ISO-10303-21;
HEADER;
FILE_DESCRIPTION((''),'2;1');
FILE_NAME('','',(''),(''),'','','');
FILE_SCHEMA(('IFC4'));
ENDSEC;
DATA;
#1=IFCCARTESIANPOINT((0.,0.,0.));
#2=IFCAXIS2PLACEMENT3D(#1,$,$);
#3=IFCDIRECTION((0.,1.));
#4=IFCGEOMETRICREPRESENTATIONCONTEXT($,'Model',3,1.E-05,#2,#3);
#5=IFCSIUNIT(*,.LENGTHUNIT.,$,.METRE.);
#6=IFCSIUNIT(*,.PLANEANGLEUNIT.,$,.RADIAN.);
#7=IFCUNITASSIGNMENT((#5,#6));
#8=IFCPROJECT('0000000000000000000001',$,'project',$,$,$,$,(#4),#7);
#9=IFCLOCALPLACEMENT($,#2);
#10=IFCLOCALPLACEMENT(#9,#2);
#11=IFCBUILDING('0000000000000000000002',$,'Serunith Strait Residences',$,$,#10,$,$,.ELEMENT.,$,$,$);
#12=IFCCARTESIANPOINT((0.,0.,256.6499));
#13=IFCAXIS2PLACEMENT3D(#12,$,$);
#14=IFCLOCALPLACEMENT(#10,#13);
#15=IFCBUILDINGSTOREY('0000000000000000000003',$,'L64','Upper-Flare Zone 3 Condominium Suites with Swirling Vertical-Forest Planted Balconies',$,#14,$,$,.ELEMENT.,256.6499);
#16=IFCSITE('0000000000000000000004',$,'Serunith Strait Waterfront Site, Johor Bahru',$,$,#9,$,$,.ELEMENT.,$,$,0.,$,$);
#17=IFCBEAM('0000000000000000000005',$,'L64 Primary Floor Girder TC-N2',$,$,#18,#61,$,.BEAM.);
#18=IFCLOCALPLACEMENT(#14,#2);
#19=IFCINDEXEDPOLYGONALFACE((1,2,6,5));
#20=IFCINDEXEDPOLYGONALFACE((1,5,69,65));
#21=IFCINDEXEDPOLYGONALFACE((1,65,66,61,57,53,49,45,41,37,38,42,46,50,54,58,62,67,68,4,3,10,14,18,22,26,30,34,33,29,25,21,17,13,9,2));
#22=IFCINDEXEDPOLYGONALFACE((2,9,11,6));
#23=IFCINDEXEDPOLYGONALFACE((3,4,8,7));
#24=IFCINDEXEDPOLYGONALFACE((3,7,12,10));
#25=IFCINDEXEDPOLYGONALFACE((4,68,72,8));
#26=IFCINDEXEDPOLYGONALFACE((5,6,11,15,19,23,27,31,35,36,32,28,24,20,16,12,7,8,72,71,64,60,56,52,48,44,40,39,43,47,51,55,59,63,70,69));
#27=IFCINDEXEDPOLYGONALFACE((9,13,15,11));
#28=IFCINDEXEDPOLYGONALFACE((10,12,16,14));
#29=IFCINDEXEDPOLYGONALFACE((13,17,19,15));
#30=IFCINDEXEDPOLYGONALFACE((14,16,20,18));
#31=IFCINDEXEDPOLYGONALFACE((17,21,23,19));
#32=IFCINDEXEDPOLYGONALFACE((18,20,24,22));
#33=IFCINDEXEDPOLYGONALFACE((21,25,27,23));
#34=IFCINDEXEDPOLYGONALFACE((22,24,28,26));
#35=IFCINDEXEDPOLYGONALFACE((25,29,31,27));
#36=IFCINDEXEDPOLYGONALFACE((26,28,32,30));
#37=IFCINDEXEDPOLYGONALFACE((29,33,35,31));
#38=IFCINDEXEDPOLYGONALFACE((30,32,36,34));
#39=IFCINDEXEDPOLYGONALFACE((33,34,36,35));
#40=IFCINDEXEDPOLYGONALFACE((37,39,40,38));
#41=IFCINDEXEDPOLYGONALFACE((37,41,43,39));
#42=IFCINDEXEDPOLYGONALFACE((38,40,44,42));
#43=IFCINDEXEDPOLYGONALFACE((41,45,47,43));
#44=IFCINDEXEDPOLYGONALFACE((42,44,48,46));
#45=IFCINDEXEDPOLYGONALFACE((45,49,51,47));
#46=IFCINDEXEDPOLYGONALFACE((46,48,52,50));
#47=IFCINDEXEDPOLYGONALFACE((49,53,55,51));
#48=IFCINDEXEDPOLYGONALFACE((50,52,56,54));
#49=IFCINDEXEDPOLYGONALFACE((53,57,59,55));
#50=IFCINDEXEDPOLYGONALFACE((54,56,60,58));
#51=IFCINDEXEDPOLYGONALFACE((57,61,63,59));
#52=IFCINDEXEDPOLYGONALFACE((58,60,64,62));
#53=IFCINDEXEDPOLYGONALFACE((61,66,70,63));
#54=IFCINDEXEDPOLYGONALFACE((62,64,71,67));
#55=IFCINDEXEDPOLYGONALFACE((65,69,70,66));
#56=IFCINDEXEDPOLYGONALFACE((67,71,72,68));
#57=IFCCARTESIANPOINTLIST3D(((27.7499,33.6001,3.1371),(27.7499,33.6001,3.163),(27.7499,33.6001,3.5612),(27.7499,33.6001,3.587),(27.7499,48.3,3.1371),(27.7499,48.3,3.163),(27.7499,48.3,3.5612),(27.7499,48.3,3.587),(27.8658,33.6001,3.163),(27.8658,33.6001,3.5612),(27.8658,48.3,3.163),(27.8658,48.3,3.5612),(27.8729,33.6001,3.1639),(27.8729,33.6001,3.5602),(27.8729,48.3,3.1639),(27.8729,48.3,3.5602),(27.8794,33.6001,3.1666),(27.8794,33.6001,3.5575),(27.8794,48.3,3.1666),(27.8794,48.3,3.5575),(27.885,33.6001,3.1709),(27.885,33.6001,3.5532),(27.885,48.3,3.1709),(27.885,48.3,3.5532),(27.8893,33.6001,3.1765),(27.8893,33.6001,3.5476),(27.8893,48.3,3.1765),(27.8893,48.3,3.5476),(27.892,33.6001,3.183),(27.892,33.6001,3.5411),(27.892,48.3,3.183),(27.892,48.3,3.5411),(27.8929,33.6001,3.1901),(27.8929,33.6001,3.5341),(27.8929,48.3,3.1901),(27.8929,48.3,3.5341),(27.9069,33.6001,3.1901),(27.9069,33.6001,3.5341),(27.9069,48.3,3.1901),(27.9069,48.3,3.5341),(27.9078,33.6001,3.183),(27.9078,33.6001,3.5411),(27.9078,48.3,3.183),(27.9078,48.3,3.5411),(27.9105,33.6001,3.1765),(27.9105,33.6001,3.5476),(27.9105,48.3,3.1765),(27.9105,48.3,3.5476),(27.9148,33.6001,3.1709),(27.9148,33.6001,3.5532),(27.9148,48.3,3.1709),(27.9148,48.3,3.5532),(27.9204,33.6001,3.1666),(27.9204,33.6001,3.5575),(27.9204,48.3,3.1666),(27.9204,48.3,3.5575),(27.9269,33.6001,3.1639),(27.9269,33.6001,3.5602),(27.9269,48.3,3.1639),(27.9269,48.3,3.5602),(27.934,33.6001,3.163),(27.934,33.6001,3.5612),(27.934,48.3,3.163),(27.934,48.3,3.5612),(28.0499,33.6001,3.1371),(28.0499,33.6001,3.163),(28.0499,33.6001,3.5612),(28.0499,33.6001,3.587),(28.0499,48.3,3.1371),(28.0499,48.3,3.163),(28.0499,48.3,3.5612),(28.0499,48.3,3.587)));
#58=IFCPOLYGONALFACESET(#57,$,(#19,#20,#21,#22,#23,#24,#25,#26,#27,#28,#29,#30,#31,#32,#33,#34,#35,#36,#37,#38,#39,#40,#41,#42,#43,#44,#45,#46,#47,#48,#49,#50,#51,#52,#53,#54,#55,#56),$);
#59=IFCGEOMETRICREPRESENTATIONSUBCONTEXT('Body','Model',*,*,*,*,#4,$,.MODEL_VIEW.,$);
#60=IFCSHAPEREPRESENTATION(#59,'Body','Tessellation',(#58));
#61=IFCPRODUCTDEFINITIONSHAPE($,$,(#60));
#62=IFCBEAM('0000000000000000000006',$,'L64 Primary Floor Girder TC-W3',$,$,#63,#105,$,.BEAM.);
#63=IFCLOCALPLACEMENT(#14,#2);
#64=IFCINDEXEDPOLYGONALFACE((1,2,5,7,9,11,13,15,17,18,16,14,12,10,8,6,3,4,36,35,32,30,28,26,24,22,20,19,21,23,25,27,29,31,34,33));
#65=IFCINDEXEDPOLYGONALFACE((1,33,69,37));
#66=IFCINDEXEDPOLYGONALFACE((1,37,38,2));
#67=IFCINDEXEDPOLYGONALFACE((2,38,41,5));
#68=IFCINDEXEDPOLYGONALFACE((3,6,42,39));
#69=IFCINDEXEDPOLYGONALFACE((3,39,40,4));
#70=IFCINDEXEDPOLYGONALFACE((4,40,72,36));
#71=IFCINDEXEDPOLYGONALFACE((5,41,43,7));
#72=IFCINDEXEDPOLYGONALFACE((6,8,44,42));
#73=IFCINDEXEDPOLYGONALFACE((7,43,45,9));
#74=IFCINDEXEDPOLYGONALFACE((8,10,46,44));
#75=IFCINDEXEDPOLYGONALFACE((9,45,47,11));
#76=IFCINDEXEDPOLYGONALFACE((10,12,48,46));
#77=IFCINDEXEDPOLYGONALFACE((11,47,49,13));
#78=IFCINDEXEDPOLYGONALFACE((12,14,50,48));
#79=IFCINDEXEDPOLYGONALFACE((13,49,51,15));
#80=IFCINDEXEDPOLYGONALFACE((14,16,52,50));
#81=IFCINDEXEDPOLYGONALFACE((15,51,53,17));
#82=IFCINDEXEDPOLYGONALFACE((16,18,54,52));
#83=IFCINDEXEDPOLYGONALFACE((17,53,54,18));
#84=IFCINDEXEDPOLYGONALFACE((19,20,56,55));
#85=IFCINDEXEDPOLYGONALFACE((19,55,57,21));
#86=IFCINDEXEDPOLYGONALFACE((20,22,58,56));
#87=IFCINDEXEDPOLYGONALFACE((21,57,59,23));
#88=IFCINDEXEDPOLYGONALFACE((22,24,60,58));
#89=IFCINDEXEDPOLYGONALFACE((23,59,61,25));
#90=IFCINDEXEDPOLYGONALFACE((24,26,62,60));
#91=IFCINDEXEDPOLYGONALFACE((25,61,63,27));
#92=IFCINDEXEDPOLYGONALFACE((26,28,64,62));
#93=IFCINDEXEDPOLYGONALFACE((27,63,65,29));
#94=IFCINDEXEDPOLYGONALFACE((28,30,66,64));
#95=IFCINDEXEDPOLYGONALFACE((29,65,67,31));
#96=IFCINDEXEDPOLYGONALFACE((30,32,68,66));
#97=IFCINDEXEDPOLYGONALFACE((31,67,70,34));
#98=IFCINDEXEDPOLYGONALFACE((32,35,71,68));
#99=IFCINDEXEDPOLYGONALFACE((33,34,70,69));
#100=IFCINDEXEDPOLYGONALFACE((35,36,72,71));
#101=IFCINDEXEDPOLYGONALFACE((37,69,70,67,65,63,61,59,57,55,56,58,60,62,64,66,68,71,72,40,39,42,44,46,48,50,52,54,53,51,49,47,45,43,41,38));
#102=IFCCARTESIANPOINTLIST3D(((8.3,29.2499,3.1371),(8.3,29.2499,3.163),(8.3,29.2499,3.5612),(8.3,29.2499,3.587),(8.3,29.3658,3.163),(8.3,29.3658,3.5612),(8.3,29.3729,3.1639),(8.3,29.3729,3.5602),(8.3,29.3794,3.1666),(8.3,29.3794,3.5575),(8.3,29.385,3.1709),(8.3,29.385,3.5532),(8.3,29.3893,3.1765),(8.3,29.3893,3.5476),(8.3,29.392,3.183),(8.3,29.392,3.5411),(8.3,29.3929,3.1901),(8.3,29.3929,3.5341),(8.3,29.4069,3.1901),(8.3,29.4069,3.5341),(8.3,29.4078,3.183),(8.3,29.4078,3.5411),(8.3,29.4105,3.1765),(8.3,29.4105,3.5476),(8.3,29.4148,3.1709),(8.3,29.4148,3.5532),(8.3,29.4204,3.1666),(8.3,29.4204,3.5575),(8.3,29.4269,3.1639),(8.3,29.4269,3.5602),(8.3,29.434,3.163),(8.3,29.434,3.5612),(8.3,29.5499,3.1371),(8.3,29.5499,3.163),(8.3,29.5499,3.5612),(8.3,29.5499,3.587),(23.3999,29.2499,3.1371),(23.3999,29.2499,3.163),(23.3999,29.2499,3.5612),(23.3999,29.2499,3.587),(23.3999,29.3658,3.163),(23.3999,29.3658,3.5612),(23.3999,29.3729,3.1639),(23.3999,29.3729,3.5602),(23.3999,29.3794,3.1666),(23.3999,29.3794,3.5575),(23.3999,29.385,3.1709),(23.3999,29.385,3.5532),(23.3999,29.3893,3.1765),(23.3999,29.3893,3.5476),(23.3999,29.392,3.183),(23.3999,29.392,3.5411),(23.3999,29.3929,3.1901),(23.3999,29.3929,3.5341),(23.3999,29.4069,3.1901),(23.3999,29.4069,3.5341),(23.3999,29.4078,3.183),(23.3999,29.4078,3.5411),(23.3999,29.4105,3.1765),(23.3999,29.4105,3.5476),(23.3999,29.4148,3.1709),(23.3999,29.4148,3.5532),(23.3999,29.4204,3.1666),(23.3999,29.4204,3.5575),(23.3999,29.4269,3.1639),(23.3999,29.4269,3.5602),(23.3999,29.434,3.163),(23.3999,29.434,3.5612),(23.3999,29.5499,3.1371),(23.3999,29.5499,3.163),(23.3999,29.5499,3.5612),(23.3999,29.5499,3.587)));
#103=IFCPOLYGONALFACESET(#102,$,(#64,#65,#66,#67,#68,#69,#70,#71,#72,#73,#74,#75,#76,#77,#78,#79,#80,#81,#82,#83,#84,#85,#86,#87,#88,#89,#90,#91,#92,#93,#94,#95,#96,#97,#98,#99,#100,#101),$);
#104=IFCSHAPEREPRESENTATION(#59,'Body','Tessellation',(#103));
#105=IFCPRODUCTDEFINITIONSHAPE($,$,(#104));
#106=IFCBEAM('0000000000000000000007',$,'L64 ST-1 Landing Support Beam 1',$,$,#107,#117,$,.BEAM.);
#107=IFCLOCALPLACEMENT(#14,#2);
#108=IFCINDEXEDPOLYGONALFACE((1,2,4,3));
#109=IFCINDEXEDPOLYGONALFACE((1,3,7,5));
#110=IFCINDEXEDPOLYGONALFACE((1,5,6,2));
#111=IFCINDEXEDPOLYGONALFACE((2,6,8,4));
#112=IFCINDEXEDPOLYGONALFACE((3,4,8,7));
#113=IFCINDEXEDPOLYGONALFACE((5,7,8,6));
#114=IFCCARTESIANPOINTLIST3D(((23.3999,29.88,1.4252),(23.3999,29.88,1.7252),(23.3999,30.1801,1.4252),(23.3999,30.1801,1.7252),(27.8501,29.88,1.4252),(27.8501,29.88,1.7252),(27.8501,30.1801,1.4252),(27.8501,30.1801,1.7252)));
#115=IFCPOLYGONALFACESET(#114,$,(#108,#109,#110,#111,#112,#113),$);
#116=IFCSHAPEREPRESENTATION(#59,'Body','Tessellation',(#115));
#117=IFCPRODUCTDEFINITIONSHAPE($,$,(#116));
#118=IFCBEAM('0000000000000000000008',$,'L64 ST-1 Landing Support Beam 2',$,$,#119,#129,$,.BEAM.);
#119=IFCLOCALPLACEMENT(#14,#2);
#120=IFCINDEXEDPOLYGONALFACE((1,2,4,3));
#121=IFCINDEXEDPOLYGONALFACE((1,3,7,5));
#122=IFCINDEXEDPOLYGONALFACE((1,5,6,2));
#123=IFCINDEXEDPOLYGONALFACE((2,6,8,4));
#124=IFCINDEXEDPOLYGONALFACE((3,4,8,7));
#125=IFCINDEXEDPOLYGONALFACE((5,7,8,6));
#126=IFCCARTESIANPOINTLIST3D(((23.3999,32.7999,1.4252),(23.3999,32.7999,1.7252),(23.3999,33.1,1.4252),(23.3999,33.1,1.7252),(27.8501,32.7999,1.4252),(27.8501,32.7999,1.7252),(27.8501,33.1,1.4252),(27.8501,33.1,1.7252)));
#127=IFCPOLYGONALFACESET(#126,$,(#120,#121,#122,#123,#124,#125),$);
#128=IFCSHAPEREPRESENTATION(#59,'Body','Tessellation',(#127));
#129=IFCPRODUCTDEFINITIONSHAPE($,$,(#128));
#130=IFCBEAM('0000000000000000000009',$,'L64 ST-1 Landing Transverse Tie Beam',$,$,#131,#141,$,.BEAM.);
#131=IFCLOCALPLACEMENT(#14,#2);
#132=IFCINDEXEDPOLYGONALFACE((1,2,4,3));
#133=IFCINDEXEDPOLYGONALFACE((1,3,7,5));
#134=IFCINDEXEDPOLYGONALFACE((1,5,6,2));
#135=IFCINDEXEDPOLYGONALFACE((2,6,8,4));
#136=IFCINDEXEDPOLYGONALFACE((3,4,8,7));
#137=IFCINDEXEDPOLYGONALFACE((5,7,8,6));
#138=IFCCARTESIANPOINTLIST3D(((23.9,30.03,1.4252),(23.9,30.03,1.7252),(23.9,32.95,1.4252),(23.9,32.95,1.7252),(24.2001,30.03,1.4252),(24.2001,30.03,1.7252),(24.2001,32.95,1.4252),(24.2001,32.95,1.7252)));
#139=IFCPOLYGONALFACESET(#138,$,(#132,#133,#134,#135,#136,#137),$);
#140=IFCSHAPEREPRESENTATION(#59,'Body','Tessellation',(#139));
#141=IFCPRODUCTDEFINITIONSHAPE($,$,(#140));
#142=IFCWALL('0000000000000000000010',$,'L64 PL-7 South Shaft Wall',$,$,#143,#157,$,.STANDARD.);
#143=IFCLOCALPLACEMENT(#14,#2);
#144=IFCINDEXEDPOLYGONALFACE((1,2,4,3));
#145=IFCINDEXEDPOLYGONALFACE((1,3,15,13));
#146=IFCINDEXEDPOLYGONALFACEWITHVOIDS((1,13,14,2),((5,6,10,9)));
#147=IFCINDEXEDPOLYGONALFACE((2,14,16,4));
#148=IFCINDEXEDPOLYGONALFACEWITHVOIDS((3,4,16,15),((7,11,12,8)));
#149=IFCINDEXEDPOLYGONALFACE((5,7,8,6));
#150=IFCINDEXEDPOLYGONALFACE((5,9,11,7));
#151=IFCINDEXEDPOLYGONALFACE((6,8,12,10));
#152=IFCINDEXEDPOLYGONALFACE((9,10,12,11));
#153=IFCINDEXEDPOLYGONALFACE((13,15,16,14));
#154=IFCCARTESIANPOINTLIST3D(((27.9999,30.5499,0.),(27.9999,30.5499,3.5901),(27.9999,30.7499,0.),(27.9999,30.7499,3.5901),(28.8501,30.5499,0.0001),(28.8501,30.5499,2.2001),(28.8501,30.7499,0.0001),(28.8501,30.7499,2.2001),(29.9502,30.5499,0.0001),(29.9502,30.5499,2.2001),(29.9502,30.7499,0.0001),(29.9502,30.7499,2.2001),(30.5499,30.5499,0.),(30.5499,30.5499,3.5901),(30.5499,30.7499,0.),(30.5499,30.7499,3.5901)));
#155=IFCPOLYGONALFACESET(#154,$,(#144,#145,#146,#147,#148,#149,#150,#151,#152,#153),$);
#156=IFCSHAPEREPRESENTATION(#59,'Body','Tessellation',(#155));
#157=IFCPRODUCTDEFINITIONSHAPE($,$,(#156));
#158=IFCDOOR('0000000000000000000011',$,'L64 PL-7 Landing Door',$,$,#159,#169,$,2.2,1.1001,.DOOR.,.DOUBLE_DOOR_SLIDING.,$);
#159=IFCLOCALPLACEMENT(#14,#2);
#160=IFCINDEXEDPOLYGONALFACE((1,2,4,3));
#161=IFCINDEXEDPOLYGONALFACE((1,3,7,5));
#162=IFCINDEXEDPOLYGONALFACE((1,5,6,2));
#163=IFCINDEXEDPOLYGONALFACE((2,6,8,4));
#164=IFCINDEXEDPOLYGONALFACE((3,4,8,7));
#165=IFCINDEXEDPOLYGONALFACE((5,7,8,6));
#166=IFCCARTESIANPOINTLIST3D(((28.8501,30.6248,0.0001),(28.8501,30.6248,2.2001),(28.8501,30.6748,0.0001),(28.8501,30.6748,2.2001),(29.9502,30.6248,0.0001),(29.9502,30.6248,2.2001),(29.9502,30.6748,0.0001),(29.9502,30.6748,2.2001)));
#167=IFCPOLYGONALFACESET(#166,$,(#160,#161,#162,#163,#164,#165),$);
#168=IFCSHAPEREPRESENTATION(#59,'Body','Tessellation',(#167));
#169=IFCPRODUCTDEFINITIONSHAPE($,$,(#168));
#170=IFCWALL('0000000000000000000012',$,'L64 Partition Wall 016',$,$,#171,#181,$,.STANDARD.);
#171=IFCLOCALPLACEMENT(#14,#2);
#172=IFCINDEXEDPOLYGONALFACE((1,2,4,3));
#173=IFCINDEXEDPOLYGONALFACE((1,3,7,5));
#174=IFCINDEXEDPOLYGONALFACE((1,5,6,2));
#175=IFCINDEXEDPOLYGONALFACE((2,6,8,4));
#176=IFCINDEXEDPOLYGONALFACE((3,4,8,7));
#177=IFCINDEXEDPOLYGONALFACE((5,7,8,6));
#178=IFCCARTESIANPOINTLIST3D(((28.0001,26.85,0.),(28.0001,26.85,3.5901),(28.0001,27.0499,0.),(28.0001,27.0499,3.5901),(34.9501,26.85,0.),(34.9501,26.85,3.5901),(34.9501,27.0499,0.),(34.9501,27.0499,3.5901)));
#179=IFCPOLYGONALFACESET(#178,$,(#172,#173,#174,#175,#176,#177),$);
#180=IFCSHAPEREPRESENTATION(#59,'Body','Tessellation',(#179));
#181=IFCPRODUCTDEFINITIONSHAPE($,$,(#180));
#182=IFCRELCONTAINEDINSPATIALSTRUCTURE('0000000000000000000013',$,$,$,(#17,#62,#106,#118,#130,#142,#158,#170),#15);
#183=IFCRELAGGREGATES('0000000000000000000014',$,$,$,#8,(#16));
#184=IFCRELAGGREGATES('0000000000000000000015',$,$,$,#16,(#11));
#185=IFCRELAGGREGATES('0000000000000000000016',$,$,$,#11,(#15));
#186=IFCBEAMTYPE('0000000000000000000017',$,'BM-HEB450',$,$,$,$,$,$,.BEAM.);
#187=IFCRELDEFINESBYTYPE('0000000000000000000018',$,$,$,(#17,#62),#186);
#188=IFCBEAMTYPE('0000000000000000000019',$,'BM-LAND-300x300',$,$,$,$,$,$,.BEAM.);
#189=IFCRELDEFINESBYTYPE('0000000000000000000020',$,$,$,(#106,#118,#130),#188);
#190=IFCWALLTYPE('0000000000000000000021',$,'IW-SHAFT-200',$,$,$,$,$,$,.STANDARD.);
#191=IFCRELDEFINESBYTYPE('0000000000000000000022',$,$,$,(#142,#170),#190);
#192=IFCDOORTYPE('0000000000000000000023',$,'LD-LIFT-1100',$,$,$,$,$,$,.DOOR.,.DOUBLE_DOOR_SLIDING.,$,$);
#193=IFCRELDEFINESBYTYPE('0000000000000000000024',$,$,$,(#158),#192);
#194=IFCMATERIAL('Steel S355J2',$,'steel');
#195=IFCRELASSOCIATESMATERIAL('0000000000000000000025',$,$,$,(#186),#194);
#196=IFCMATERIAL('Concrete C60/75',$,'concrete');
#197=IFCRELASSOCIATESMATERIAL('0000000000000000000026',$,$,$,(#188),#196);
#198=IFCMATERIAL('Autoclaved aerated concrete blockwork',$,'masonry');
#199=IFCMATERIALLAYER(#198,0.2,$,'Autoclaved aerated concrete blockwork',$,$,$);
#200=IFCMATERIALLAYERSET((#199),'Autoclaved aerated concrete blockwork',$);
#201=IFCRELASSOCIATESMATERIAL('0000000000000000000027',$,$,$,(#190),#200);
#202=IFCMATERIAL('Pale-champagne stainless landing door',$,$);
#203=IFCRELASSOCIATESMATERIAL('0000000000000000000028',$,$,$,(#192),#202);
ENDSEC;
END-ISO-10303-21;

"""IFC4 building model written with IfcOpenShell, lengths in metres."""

from ifc_helpers import new_model, si_unit, direction, frame, frame_2d, origin, origin_2d, place, context, subcontext, project, spatial, rectangle, i_section, extrude, source, transform, mapped, material, layer, layer_set, material_profile, profile_set, type_object, element, fill, save


model = new_model("IFC4")

# Units and contexts
model_context = context("Model", 3, precision=1e-05, world=origin(), true_north=direction((0.0, 1.0)))
body_context = subcontext(model_context, "Body", "Model", "MODEL_VIEW")
ifc_project = project(units=[si_unit("LENGTHUNIT", "METRE"), si_unit("PLANEANGLEUNIT", "RADIAN")], contexts=[model_context])

# Site, building, storey
site_placement = place(None, origin())
site = spatial("IfcSite", under=ifc_project, at=site_placement, Name="Serunith Strait Waterfront Site, Johor Bahru", CompositionType="ELEMENT", RefElevation=0.0)
building_placement = place(site_placement, origin())
building = spatial("IfcBuilding", under=site, at=building_placement, Name="Serunith Strait Residences", CompositionType="ELEMENT")
storey_placement = place(building_placement, frame((0.0, 0.0, 256.6499)))
storey = spatial("IfcBuildingStorey", under=building, at=storey_placement, Name="L64", Description="Upper-Flare Zone 3 Condominium Suites with Swirling Vertical-Forest Planted Balconies", CompositionType="ELEMENT", Elevation=256.6499)

# Beams
ifc_material_1 = material(Name="Steel S355J2", Category="steel")
ifc_material_profile_1 = material_profile(ifc_material_1, i_section(OverallWidth=0.3, OverallDepth=0.45, WebThickness=0.0139, FlangeThickness=0.0259, FilletRadius=0.0271, at=origin_2d()), Name="HEB 450")
ifc_profile_set_1 = profile_set([ifc_material_profile_1], Name="Steel S355J2")
beam_type_1 = type_object("IfcBeamType", Name="BM-HEB450", PredefinedType="BEAM", material=ifc_profile_set_1)
shared_shape_1 = source(origin(), body_context, "Body", "SweptSolid", [
    extrude(i_section(OverallWidth=0.3, OverallDepth=0.45, WebThickness=0.0139, FlangeThickness=0.0259, FilletRadius=0.0271, at=origin_2d()), origin(), (0.0, 0.0, 1.0), 14.7),
])
beam_1_placement = place(storey_placement, frame((27.8999, 33.6001, 3.3621), z_axis=(0.0, 1.0, 0.0), x_axis=(-1.0, 0.0, 0.0)))
element("IfcBeam", 1, at=beam_1_placement, inside=storey, type_object=beam_type_1, Name="L64 Primary Floor Girder TC-N2", PredefinedType="BEAM", context=body_context, shape_type="MappedRepresentation", body=[
    mapped(shared_shape_1, transform((0.0, 0.0, 0.0), scale=1.0)),
])
shared_shape_2 = source(origin(), body_context, "Body", "SweptSolid", [
    extrude(i_section(OverallWidth=0.3, OverallDepth=0.45, WebThickness=0.0139, FlangeThickness=0.0259, FilletRadius=0.0271, at=origin_2d()), origin(), (0.0, 0.0, 1.0), 15.0999),
])
beam_2_placement = place(storey_placement, frame((23.3999, 29.3999, 3.3621), z_axis=(-1.0, 0.0, 0.0), x_axis=(0.0, -1.0, 0.0)))
element("IfcBeam", 2, at=beam_2_placement, inside=storey, type_object=beam_type_1, Name="L64 Primary Floor Girder TC-W3", PredefinedType="BEAM", context=body_context, shape_type="MappedRepresentation", body=[
    mapped(shared_shape_2, transform((0.0, 0.0, 0.0), scale=1.0)),
])
ifc_material_2 = material(Name="Concrete C60/75", Category="concrete")
ifc_material_profile_2 = material_profile(ifc_material_2, rectangle(XDim=0.3, YDim=0.3, at=origin_2d()), Name="RC 300x300")
ifc_profile_set_2 = profile_set([ifc_material_profile_2], Name="Concrete C60/75")
beam_type_2 = type_object("IfcBeamType", Name="BM-LAND-300x300", PredefinedType="BEAM", material=ifc_profile_set_2)
shared_shape_3 = source(origin(), body_context, "Body", "SweptSolid", [
    extrude(rectangle(XDim=0.3, YDim=0.3, at=origin_2d()), origin(), (0.0, 0.0, 1.0), 4.4502),
])
for number, where, z_axis, x_axis, name in (
    (3, (23.3999, 30.03, 1.5752), (1.0, 0.0, 0.0), (0.0, 1.0, 0.0), "L64 ST-1 Landing Support Beam 1"),
    (4, (23.3999, 32.95, 1.5752), (1.0, 0.0, 0.0), (0.0, 1.0, 0.0), "L64 ST-1 Landing Support Beam 2"),
):
    element("IfcBeam", number, at=place(storey_placement, frame(where, z_axis=z_axis, x_axis=x_axis)), inside=storey, type_object=beam_type_2, Name=name, PredefinedType="BEAM", context=body_context, shape_type="MappedRepresentation", body=[
        mapped(shared_shape_3, transform((0.0, 0.0, 0.0), scale=1.0)),
    ])
shared_shape_4 = source(origin(), body_context, "Body", "SweptSolid", [
    extrude(rectangle(XDim=0.3, YDim=0.3, at=origin_2d()), origin(), (0.0, 0.0, 1.0), 2.9199),
])
beam_3_placement = place(storey_placement, frame((24.05, 30.03, 1.5752), z_axis=(0.0, 1.0, 0.0), x_axis=(-1.0, 0.0, 0.0)))
element("IfcBeam", 5, at=beam_3_placement, inside=storey, type_object=beam_type_2, Name="L64 ST-1 Landing Transverse Tie Beam", PredefinedType="BEAM", context=body_context, shape_type="MappedRepresentation", body=[
    mapped(shared_shape_4, transform((0.0, 0.0, 0.0), scale=1.0)),
])

# Wall, opening, door
ifc_material_3 = material(Name="Autoclaved aerated concrete blockwork", Category="masonry")
ifc_layer_1 = layer(ifc_material_3, 0.2, Name="Autoclaved aerated concrete blockwork")
ifc_layer_set_1 = layer_set([ifc_layer_1], Name="Autoclaved aerated concrete blockwork")
wall_type_1 = type_object("IfcWallType", Name="IW-SHAFT-200", PredefinedType="STANDARD", material=ifc_layer_set_1)
wall_1_placement = place(storey_placement, frame((28.0, 30.6499, 0.0), z_axis=(0.0, 0.0, 1.0), x_axis=(1.0, 0.0, 0.0)))
wall_1 = element("IfcWall", 6, at=wall_1_placement, inside=storey, type_object=wall_type_1, Name="L64 PL-7 South Shaft Wall", PredefinedType="STANDARD", context=body_context, shape_type="SweptSolid", body=[
    extrude(rectangle(XDim=2.55, YDim=0.2, at=frame_2d((1.2749, 0.0))), origin(), (0.0, 0.0, 1.0), 3.5901),
])
opening_1_placement = place(wall_1_placement, frame((0.8501, 0.0, 0.0)))
opening_1 = element("IfcOpeningElement", 7, at=opening_1_placement, cuts=wall_1, PredefinedType="OPENING", context=body_context, shape_type="SweptSolid", body=[
    extrude(rectangle(XDim=1.1001, YDim=2.2, at=frame_2d((0.55, 1.1001))), frame((0.0, 0.1099, 0.0), z_axis=(0.0, -1.0, 0.0), x_axis=(1.0, 0.0, 0.0)), (0.0, 0.0, 1.0), 0.22),
])
ifc_material_4 = material(Name="Pale-champagne stainless landing door")
door_type_1 = type_object("IfcDoorType", Name="LD-LIFT-1100", OperationType="DOUBLE_DOOR_SLIDING", PredefinedType="DOOR", material=ifc_material_4)
shared_shape_5 = source(origin(), body_context, "Body", "SweptSolid", [
    extrude(rectangle(XDim=1.1001, YDim=2.2, at=frame_2d((0.55, 1.1001))), frame((0.0, 0.0249, 0.0), z_axis=(0.0, -1.0, 0.0), x_axis=(1.0, 0.0, 0.0)), (0.0, 0.0, 1.0), 0.05),
])
door_1_placement = place(opening_1_placement, origin())
door_1 = element("IfcDoor", 8, at=door_1_placement, inside=storey, type_object=door_type_1, Name="L64 PL-7 Landing Door", OperationType="DOUBLE_DOOR_SLIDING", OverallHeight=2.2, OverallWidth=1.1001, PredefinedType="DOOR", context=body_context, shape_type="MappedRepresentation", body=[
    mapped(shared_shape_5, transform((0.0, 0.0, 0.0), scale=1.0)),
])
fill(opening_1, door_1)

# Wall
wall_2_placement = place(storey_placement, frame((28.0, 26.95, 0.0), z_axis=(0.0, 0.0, 1.0), x_axis=(1.0, 0.0, 0.0)))
element("IfcWall", 9, at=wall_2_placement, inside=storey, type_object=wall_type_1, Name="L64 Partition Wall 016", PredefinedType="STANDARD", context=body_context, shape_type="SweptSolid", body=[
    extrude(rectangle(XDim=6.95, YDim=0.2, at=frame_2d((3.4751, 0.0))), origin(), (0.0, 0.0, 1.0), 3.5901),
])

save(model, "model.ifc")
